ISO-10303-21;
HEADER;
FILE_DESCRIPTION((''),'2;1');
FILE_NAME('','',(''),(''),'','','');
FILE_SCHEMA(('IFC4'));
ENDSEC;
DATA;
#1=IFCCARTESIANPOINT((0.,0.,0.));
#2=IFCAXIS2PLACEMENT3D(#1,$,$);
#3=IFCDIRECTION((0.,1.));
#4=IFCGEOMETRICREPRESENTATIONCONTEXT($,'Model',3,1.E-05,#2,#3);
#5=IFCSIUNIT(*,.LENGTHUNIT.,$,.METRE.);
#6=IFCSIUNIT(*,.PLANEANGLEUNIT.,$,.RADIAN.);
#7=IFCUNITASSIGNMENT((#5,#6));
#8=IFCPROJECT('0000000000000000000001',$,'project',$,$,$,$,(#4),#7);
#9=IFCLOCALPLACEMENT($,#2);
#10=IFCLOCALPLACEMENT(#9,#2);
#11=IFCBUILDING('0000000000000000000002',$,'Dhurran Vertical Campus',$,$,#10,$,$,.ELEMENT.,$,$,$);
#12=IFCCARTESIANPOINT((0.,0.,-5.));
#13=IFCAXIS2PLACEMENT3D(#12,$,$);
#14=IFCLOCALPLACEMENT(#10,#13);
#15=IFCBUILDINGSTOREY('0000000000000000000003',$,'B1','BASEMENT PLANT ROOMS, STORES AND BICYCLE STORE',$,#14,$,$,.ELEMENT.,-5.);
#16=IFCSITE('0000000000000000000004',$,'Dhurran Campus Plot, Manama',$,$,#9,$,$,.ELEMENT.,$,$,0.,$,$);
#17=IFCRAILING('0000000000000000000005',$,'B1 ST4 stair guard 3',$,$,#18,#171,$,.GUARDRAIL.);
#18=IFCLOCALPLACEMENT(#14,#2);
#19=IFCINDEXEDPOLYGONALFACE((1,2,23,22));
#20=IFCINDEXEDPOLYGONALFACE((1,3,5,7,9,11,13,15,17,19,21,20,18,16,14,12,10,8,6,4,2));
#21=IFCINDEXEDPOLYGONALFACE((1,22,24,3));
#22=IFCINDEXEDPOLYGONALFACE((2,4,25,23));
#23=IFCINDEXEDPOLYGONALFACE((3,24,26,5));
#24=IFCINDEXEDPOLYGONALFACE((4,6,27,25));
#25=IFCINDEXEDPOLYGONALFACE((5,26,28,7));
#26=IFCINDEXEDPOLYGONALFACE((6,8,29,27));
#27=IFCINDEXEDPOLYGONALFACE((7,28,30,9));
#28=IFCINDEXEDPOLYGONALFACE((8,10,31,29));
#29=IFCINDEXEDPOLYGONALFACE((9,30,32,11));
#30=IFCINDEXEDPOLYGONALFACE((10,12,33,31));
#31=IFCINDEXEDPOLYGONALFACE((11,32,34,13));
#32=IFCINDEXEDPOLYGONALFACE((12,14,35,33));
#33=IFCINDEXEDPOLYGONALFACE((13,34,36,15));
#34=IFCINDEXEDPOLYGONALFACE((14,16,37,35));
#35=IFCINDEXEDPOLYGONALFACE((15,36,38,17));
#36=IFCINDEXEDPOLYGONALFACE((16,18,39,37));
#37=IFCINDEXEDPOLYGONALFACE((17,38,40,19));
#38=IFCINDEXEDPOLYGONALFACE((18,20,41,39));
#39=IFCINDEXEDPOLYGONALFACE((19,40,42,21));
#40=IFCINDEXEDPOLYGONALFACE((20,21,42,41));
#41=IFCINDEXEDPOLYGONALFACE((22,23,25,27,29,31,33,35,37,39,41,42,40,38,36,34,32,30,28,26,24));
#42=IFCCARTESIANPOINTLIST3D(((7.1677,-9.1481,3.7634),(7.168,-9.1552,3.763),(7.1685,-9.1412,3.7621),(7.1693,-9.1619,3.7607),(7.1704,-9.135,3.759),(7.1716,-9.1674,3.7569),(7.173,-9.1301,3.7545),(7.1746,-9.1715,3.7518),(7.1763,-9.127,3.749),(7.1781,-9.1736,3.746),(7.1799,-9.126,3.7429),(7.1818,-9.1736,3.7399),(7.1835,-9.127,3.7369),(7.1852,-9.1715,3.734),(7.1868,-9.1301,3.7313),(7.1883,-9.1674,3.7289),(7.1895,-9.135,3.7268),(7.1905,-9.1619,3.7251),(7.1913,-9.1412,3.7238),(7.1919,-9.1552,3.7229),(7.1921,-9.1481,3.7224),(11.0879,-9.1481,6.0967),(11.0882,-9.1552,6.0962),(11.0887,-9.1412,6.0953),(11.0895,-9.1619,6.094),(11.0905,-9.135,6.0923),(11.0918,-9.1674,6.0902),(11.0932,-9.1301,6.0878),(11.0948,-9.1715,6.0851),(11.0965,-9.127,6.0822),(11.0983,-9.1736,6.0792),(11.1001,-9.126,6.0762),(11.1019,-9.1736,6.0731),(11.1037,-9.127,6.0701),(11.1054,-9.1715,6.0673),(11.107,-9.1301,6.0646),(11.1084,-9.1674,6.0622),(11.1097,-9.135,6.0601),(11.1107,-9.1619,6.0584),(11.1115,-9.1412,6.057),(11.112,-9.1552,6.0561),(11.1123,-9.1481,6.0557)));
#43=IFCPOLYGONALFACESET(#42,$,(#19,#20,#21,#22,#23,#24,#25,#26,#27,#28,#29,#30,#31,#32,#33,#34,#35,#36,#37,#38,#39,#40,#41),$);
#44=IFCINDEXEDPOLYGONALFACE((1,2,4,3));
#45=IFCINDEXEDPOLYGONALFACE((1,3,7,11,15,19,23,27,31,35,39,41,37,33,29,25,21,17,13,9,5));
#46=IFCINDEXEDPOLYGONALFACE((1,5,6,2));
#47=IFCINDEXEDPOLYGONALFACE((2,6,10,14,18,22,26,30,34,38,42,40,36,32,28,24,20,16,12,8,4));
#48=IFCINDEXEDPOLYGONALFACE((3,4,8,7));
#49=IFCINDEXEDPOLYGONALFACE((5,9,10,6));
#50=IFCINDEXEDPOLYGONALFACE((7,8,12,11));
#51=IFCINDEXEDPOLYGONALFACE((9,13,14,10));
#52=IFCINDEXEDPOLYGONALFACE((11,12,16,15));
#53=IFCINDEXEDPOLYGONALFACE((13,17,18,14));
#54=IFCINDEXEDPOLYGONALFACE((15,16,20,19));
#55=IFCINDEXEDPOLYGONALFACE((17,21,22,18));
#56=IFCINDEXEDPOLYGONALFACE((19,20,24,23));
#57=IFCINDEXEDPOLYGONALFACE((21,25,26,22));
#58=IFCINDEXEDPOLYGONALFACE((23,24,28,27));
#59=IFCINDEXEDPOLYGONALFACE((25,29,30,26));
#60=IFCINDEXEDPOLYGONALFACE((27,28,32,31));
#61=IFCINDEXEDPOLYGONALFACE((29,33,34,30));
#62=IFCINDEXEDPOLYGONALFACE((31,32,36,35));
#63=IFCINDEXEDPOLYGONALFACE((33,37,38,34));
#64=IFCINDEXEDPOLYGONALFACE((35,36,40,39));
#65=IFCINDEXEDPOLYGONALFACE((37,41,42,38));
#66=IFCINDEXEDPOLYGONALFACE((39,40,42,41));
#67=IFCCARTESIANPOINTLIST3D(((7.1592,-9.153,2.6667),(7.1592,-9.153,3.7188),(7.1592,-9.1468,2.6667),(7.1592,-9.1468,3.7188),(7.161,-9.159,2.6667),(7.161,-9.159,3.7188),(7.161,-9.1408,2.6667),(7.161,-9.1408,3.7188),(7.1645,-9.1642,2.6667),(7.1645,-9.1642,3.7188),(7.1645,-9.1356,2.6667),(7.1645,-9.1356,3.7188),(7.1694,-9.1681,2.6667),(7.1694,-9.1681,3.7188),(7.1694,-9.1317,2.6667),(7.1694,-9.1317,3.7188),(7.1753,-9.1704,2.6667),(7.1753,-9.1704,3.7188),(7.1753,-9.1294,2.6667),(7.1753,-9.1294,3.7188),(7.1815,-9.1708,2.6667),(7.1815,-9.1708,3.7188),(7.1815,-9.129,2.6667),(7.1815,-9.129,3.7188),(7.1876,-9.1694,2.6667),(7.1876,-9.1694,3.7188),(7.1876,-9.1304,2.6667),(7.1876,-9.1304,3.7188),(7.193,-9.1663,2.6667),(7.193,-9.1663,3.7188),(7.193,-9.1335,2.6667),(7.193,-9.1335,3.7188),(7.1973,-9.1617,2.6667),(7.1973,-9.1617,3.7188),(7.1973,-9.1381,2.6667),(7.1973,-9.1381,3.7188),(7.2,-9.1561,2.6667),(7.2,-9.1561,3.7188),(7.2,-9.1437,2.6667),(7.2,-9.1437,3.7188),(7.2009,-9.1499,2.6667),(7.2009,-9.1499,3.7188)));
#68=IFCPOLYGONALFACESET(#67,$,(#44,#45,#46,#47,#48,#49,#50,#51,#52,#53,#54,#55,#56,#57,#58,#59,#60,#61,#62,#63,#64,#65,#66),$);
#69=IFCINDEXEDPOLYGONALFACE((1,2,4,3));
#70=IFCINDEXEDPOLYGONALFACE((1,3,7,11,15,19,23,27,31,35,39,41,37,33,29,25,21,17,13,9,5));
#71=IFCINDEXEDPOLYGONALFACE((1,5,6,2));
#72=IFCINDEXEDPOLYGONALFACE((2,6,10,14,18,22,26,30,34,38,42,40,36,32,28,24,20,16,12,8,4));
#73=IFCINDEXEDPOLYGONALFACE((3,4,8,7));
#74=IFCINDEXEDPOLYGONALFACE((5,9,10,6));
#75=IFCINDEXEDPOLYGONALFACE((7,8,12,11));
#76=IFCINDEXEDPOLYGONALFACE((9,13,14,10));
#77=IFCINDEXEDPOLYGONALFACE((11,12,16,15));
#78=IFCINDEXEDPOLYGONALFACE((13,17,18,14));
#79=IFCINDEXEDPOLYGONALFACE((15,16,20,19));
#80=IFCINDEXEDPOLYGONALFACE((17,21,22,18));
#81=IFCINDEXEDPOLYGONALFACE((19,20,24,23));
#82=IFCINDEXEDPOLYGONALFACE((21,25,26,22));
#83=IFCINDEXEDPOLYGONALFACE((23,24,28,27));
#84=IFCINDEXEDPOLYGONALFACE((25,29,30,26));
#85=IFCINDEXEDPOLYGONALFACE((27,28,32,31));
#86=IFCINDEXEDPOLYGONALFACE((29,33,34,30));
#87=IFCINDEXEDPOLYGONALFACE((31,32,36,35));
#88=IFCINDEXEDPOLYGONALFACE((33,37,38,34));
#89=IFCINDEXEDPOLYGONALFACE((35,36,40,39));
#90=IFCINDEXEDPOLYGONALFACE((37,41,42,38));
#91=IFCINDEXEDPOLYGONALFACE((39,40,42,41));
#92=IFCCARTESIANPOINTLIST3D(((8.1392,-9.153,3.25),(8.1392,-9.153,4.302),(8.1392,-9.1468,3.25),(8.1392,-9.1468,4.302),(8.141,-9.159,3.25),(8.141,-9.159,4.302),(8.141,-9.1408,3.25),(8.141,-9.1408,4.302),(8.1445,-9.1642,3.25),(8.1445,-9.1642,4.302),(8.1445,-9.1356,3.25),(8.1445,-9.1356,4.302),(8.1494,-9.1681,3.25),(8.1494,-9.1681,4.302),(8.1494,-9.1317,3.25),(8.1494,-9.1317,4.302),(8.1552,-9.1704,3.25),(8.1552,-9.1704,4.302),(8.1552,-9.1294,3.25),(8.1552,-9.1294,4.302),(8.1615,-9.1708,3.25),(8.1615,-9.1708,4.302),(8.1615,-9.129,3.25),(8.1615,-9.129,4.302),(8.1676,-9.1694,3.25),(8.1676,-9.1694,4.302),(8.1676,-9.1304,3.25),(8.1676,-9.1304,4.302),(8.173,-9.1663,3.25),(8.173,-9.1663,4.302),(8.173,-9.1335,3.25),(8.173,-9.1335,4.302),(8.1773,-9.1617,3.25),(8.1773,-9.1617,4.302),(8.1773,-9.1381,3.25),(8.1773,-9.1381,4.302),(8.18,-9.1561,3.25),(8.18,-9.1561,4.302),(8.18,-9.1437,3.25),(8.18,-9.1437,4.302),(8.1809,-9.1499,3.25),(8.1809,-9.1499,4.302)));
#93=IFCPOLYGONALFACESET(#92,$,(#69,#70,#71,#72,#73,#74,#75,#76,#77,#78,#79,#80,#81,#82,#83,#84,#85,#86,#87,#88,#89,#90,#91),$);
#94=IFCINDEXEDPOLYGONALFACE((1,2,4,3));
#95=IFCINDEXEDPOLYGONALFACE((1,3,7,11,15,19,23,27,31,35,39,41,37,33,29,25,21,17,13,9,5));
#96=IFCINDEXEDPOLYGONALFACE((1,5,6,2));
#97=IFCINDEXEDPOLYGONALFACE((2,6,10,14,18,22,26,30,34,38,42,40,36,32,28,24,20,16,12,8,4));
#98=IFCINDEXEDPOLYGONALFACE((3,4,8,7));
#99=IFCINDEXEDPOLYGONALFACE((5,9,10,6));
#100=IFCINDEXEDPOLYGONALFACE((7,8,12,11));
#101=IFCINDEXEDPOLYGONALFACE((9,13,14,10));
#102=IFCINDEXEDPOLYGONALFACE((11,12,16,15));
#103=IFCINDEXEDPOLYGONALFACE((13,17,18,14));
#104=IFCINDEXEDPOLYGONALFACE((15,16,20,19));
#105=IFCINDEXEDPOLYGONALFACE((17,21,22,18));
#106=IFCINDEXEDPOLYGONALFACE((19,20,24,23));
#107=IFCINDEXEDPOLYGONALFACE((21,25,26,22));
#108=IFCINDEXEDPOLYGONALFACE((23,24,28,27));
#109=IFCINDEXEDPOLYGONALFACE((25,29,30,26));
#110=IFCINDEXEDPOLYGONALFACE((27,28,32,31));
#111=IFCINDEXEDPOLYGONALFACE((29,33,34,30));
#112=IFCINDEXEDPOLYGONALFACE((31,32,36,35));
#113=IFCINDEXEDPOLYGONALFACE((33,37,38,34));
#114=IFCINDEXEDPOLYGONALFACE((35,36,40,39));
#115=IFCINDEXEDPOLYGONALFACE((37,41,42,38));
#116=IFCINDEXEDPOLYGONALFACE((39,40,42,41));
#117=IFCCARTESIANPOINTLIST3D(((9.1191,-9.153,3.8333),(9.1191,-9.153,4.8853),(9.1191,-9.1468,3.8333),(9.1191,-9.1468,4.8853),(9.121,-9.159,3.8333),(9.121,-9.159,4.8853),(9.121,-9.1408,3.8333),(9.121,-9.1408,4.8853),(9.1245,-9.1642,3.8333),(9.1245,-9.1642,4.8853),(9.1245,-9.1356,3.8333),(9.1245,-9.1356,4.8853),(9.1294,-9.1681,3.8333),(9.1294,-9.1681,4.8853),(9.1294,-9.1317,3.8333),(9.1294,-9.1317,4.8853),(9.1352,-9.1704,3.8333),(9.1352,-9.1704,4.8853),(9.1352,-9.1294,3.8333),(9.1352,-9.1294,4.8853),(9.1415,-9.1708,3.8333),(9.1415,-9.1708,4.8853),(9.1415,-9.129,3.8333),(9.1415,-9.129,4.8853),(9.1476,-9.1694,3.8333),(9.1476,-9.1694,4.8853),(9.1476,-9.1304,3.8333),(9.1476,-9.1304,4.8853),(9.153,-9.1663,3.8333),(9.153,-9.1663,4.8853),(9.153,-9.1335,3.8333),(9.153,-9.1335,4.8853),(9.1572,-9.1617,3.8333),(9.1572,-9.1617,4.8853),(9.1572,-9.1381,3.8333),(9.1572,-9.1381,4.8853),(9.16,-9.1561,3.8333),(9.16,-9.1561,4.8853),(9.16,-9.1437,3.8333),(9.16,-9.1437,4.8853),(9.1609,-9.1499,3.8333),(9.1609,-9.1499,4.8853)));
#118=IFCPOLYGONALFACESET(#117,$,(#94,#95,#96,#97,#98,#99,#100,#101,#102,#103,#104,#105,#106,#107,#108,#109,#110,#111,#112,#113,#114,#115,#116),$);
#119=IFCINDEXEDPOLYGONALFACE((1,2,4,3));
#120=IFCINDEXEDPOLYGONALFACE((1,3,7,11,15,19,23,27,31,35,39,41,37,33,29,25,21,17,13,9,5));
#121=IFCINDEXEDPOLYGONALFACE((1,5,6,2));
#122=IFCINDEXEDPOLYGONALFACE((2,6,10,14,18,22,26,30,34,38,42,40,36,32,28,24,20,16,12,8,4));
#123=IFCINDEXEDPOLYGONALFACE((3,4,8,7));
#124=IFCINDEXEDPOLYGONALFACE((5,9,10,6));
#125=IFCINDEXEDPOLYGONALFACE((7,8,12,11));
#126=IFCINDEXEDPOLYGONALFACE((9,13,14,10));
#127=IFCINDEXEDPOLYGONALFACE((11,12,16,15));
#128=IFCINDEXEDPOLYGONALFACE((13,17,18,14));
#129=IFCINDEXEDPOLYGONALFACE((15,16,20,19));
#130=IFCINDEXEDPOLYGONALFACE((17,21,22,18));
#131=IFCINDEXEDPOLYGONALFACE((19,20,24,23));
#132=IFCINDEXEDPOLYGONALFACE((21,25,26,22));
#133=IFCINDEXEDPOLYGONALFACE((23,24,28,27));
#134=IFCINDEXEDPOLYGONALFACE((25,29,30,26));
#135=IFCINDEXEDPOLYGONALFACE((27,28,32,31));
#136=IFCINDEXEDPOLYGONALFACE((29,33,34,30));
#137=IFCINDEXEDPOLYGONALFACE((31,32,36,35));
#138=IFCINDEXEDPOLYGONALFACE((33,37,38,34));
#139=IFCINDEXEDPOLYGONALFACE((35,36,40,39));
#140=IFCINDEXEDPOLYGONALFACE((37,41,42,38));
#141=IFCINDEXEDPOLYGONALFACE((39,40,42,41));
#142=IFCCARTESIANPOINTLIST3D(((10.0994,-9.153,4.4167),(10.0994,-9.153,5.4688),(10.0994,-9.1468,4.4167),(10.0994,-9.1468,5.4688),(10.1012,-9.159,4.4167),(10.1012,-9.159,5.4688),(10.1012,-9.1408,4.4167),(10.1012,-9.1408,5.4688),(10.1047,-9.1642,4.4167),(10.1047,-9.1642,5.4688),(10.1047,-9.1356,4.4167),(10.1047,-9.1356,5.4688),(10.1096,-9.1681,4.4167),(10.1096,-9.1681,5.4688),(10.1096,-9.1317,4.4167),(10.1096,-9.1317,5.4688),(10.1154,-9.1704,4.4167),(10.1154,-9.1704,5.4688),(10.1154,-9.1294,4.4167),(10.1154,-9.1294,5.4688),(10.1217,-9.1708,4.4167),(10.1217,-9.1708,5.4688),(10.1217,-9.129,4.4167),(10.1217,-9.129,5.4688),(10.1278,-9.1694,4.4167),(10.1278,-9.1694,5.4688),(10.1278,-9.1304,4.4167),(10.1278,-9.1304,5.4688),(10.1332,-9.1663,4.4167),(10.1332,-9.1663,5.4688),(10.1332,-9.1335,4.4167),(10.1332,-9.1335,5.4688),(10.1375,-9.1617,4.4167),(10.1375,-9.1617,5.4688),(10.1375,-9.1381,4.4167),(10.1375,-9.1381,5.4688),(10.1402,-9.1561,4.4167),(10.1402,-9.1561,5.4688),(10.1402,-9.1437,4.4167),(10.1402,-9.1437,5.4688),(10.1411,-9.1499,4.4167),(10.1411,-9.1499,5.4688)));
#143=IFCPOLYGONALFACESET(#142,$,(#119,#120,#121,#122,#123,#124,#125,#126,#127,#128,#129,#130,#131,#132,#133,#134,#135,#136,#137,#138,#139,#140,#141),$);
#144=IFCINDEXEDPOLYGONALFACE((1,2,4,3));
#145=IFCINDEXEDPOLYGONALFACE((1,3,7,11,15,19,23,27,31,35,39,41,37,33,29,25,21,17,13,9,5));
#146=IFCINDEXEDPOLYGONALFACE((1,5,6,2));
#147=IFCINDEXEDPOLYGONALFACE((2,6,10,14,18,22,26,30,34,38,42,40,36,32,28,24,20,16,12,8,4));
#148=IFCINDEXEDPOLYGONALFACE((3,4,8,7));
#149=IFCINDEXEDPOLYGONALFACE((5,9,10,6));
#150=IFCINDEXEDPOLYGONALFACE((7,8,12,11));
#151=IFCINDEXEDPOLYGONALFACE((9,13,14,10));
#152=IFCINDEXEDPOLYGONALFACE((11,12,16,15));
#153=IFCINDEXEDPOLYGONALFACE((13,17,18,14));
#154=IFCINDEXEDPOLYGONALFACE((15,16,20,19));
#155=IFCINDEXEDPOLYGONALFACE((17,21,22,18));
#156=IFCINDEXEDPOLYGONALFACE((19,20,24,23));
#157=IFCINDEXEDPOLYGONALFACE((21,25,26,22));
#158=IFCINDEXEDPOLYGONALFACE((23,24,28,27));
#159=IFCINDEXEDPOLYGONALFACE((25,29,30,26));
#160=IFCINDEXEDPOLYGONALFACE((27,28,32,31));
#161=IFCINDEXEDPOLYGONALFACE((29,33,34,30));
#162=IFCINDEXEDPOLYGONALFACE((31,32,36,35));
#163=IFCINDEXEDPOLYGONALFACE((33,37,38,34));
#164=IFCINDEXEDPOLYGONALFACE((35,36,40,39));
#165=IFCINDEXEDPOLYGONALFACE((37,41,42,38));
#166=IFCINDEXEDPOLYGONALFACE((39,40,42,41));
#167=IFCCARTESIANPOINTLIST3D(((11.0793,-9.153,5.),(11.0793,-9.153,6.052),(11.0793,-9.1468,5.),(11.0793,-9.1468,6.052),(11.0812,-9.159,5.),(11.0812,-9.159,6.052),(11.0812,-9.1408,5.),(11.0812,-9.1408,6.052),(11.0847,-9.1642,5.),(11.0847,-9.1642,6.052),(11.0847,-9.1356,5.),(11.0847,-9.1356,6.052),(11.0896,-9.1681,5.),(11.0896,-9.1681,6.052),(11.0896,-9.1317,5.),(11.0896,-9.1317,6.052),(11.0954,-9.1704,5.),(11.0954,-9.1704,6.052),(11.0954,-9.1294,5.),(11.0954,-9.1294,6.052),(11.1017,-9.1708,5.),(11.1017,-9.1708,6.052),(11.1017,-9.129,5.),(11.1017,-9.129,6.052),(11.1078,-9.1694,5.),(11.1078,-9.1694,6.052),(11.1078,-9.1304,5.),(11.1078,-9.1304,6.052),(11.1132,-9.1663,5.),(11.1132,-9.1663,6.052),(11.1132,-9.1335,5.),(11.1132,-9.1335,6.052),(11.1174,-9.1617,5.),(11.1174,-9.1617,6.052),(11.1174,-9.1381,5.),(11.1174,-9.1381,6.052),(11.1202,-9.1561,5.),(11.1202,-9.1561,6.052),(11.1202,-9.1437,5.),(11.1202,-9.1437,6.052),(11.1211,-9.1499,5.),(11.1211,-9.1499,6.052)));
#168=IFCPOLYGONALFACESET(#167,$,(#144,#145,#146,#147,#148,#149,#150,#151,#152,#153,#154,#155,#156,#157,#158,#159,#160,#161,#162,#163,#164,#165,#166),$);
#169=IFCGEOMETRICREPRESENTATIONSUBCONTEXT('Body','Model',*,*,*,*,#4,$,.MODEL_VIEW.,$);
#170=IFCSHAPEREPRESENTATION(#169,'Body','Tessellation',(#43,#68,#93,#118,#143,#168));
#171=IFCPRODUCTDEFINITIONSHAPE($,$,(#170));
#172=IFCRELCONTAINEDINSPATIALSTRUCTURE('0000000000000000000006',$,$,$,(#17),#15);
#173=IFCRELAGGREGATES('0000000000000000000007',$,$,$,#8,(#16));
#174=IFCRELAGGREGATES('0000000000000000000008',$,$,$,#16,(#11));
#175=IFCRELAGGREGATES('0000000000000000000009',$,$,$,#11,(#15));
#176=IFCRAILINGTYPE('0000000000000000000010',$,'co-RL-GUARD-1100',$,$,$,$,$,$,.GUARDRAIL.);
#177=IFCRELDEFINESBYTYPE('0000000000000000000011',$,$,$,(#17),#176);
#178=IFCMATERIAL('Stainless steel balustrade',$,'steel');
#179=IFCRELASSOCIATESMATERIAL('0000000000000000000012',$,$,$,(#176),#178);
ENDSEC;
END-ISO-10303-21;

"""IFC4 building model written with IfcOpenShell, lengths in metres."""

from ifc_helpers import new_model, si_unit, direction, frame, origin, origin_2d, place, context, subcontext, project, spatial, circle, extrude, material, type_object, element, save


model = new_model("IFC4")

# Units and contexts
model_context = context("Model", 3, precision=1e-05, world=origin(), true_north=direction((0.0, 1.0)))
body_context = subcontext(model_context, "Body", "Model", "MODEL_VIEW")
ifc_project = project(units=[si_unit("LENGTHUNIT", "METRE"), si_unit("PLANEANGLEUNIT", "RADIAN")], contexts=[model_context])

# Site, building, storey
site_placement = place(None, origin())
site = spatial("IfcSite", under=ifc_project, at=site_placement, Name="Dhurran Campus Plot, Manama", CompositionType="ELEMENT", RefElevation=0.0)
building_placement = place(site_placement, origin())
building = spatial("IfcBuilding", under=site, at=building_placement, Name="Dhurran Vertical Campus", CompositionType="ELEMENT")
storey_placement = place(building_placement, frame((0.0, 0.0, -5.0)))
storey = spatial("IfcBuildingStorey", under=building, at=storey_placement, Name="B1", Description="BASEMENT PLANT ROOMS, STORES AND BICYCLE STORE", CompositionType="ELEMENT", Elevation=-5.0)

# Railing
ifc_material_1 = material(Name="Stainless steel balustrade", Category="steel")
railing_type_1 = type_object("IfcRailingType", Name="co-RL-GUARD-1100", PredefinedType="GUARDRAIL", material=ifc_material_1)
railing_1_placement = place(storey_placement, frame((7.1799, -9.1499, 2.6667)))
element("IfcRailing", 1, at=railing_1_placement, inside=storey, type_object=railing_type_1, Name="B1 ST4 stair guard 3", PredefinedType="GUARDRAIL", context=body_context, shape_type="SweptSolid", body=[
    extrude(circle(Radius=0.0239, at=origin_2d()), frame((0.0, 0.0, 1.0762), z_axis=(0.85931, 0.0, 0.511455), x_axis=(0.0, 1.0, 0.0)), (0.0, 0.0, 1.0), 4.562),
    extrude(circle(Radius=0.021, at=origin_2d()), origin(), (0.0, 0.0, 1.0), 1.052),
    extrude(circle(Radius=0.021, at=origin_2d()), frame((0.98, 0.0, 0.5833)), (0.0, 0.0, 1.0), 1.052),
    extrude(circle(Radius=0.021, at=origin_2d()), frame((1.96, 0.0, 1.1665)), (0.0, 0.0, 1.0), 1.052),
    extrude(circle(Radius=0.021, at=origin_2d()), frame((2.9402, 0.0, 1.75)), (0.0, 0.0, 1.0), 1.052),
    extrude(circle(Radius=0.021, at=origin_2d()), frame((3.9202, 0.0, 2.3333)), (0.0, 0.0, 1.0), 1.052),
])

save(model, "model.ifc")
